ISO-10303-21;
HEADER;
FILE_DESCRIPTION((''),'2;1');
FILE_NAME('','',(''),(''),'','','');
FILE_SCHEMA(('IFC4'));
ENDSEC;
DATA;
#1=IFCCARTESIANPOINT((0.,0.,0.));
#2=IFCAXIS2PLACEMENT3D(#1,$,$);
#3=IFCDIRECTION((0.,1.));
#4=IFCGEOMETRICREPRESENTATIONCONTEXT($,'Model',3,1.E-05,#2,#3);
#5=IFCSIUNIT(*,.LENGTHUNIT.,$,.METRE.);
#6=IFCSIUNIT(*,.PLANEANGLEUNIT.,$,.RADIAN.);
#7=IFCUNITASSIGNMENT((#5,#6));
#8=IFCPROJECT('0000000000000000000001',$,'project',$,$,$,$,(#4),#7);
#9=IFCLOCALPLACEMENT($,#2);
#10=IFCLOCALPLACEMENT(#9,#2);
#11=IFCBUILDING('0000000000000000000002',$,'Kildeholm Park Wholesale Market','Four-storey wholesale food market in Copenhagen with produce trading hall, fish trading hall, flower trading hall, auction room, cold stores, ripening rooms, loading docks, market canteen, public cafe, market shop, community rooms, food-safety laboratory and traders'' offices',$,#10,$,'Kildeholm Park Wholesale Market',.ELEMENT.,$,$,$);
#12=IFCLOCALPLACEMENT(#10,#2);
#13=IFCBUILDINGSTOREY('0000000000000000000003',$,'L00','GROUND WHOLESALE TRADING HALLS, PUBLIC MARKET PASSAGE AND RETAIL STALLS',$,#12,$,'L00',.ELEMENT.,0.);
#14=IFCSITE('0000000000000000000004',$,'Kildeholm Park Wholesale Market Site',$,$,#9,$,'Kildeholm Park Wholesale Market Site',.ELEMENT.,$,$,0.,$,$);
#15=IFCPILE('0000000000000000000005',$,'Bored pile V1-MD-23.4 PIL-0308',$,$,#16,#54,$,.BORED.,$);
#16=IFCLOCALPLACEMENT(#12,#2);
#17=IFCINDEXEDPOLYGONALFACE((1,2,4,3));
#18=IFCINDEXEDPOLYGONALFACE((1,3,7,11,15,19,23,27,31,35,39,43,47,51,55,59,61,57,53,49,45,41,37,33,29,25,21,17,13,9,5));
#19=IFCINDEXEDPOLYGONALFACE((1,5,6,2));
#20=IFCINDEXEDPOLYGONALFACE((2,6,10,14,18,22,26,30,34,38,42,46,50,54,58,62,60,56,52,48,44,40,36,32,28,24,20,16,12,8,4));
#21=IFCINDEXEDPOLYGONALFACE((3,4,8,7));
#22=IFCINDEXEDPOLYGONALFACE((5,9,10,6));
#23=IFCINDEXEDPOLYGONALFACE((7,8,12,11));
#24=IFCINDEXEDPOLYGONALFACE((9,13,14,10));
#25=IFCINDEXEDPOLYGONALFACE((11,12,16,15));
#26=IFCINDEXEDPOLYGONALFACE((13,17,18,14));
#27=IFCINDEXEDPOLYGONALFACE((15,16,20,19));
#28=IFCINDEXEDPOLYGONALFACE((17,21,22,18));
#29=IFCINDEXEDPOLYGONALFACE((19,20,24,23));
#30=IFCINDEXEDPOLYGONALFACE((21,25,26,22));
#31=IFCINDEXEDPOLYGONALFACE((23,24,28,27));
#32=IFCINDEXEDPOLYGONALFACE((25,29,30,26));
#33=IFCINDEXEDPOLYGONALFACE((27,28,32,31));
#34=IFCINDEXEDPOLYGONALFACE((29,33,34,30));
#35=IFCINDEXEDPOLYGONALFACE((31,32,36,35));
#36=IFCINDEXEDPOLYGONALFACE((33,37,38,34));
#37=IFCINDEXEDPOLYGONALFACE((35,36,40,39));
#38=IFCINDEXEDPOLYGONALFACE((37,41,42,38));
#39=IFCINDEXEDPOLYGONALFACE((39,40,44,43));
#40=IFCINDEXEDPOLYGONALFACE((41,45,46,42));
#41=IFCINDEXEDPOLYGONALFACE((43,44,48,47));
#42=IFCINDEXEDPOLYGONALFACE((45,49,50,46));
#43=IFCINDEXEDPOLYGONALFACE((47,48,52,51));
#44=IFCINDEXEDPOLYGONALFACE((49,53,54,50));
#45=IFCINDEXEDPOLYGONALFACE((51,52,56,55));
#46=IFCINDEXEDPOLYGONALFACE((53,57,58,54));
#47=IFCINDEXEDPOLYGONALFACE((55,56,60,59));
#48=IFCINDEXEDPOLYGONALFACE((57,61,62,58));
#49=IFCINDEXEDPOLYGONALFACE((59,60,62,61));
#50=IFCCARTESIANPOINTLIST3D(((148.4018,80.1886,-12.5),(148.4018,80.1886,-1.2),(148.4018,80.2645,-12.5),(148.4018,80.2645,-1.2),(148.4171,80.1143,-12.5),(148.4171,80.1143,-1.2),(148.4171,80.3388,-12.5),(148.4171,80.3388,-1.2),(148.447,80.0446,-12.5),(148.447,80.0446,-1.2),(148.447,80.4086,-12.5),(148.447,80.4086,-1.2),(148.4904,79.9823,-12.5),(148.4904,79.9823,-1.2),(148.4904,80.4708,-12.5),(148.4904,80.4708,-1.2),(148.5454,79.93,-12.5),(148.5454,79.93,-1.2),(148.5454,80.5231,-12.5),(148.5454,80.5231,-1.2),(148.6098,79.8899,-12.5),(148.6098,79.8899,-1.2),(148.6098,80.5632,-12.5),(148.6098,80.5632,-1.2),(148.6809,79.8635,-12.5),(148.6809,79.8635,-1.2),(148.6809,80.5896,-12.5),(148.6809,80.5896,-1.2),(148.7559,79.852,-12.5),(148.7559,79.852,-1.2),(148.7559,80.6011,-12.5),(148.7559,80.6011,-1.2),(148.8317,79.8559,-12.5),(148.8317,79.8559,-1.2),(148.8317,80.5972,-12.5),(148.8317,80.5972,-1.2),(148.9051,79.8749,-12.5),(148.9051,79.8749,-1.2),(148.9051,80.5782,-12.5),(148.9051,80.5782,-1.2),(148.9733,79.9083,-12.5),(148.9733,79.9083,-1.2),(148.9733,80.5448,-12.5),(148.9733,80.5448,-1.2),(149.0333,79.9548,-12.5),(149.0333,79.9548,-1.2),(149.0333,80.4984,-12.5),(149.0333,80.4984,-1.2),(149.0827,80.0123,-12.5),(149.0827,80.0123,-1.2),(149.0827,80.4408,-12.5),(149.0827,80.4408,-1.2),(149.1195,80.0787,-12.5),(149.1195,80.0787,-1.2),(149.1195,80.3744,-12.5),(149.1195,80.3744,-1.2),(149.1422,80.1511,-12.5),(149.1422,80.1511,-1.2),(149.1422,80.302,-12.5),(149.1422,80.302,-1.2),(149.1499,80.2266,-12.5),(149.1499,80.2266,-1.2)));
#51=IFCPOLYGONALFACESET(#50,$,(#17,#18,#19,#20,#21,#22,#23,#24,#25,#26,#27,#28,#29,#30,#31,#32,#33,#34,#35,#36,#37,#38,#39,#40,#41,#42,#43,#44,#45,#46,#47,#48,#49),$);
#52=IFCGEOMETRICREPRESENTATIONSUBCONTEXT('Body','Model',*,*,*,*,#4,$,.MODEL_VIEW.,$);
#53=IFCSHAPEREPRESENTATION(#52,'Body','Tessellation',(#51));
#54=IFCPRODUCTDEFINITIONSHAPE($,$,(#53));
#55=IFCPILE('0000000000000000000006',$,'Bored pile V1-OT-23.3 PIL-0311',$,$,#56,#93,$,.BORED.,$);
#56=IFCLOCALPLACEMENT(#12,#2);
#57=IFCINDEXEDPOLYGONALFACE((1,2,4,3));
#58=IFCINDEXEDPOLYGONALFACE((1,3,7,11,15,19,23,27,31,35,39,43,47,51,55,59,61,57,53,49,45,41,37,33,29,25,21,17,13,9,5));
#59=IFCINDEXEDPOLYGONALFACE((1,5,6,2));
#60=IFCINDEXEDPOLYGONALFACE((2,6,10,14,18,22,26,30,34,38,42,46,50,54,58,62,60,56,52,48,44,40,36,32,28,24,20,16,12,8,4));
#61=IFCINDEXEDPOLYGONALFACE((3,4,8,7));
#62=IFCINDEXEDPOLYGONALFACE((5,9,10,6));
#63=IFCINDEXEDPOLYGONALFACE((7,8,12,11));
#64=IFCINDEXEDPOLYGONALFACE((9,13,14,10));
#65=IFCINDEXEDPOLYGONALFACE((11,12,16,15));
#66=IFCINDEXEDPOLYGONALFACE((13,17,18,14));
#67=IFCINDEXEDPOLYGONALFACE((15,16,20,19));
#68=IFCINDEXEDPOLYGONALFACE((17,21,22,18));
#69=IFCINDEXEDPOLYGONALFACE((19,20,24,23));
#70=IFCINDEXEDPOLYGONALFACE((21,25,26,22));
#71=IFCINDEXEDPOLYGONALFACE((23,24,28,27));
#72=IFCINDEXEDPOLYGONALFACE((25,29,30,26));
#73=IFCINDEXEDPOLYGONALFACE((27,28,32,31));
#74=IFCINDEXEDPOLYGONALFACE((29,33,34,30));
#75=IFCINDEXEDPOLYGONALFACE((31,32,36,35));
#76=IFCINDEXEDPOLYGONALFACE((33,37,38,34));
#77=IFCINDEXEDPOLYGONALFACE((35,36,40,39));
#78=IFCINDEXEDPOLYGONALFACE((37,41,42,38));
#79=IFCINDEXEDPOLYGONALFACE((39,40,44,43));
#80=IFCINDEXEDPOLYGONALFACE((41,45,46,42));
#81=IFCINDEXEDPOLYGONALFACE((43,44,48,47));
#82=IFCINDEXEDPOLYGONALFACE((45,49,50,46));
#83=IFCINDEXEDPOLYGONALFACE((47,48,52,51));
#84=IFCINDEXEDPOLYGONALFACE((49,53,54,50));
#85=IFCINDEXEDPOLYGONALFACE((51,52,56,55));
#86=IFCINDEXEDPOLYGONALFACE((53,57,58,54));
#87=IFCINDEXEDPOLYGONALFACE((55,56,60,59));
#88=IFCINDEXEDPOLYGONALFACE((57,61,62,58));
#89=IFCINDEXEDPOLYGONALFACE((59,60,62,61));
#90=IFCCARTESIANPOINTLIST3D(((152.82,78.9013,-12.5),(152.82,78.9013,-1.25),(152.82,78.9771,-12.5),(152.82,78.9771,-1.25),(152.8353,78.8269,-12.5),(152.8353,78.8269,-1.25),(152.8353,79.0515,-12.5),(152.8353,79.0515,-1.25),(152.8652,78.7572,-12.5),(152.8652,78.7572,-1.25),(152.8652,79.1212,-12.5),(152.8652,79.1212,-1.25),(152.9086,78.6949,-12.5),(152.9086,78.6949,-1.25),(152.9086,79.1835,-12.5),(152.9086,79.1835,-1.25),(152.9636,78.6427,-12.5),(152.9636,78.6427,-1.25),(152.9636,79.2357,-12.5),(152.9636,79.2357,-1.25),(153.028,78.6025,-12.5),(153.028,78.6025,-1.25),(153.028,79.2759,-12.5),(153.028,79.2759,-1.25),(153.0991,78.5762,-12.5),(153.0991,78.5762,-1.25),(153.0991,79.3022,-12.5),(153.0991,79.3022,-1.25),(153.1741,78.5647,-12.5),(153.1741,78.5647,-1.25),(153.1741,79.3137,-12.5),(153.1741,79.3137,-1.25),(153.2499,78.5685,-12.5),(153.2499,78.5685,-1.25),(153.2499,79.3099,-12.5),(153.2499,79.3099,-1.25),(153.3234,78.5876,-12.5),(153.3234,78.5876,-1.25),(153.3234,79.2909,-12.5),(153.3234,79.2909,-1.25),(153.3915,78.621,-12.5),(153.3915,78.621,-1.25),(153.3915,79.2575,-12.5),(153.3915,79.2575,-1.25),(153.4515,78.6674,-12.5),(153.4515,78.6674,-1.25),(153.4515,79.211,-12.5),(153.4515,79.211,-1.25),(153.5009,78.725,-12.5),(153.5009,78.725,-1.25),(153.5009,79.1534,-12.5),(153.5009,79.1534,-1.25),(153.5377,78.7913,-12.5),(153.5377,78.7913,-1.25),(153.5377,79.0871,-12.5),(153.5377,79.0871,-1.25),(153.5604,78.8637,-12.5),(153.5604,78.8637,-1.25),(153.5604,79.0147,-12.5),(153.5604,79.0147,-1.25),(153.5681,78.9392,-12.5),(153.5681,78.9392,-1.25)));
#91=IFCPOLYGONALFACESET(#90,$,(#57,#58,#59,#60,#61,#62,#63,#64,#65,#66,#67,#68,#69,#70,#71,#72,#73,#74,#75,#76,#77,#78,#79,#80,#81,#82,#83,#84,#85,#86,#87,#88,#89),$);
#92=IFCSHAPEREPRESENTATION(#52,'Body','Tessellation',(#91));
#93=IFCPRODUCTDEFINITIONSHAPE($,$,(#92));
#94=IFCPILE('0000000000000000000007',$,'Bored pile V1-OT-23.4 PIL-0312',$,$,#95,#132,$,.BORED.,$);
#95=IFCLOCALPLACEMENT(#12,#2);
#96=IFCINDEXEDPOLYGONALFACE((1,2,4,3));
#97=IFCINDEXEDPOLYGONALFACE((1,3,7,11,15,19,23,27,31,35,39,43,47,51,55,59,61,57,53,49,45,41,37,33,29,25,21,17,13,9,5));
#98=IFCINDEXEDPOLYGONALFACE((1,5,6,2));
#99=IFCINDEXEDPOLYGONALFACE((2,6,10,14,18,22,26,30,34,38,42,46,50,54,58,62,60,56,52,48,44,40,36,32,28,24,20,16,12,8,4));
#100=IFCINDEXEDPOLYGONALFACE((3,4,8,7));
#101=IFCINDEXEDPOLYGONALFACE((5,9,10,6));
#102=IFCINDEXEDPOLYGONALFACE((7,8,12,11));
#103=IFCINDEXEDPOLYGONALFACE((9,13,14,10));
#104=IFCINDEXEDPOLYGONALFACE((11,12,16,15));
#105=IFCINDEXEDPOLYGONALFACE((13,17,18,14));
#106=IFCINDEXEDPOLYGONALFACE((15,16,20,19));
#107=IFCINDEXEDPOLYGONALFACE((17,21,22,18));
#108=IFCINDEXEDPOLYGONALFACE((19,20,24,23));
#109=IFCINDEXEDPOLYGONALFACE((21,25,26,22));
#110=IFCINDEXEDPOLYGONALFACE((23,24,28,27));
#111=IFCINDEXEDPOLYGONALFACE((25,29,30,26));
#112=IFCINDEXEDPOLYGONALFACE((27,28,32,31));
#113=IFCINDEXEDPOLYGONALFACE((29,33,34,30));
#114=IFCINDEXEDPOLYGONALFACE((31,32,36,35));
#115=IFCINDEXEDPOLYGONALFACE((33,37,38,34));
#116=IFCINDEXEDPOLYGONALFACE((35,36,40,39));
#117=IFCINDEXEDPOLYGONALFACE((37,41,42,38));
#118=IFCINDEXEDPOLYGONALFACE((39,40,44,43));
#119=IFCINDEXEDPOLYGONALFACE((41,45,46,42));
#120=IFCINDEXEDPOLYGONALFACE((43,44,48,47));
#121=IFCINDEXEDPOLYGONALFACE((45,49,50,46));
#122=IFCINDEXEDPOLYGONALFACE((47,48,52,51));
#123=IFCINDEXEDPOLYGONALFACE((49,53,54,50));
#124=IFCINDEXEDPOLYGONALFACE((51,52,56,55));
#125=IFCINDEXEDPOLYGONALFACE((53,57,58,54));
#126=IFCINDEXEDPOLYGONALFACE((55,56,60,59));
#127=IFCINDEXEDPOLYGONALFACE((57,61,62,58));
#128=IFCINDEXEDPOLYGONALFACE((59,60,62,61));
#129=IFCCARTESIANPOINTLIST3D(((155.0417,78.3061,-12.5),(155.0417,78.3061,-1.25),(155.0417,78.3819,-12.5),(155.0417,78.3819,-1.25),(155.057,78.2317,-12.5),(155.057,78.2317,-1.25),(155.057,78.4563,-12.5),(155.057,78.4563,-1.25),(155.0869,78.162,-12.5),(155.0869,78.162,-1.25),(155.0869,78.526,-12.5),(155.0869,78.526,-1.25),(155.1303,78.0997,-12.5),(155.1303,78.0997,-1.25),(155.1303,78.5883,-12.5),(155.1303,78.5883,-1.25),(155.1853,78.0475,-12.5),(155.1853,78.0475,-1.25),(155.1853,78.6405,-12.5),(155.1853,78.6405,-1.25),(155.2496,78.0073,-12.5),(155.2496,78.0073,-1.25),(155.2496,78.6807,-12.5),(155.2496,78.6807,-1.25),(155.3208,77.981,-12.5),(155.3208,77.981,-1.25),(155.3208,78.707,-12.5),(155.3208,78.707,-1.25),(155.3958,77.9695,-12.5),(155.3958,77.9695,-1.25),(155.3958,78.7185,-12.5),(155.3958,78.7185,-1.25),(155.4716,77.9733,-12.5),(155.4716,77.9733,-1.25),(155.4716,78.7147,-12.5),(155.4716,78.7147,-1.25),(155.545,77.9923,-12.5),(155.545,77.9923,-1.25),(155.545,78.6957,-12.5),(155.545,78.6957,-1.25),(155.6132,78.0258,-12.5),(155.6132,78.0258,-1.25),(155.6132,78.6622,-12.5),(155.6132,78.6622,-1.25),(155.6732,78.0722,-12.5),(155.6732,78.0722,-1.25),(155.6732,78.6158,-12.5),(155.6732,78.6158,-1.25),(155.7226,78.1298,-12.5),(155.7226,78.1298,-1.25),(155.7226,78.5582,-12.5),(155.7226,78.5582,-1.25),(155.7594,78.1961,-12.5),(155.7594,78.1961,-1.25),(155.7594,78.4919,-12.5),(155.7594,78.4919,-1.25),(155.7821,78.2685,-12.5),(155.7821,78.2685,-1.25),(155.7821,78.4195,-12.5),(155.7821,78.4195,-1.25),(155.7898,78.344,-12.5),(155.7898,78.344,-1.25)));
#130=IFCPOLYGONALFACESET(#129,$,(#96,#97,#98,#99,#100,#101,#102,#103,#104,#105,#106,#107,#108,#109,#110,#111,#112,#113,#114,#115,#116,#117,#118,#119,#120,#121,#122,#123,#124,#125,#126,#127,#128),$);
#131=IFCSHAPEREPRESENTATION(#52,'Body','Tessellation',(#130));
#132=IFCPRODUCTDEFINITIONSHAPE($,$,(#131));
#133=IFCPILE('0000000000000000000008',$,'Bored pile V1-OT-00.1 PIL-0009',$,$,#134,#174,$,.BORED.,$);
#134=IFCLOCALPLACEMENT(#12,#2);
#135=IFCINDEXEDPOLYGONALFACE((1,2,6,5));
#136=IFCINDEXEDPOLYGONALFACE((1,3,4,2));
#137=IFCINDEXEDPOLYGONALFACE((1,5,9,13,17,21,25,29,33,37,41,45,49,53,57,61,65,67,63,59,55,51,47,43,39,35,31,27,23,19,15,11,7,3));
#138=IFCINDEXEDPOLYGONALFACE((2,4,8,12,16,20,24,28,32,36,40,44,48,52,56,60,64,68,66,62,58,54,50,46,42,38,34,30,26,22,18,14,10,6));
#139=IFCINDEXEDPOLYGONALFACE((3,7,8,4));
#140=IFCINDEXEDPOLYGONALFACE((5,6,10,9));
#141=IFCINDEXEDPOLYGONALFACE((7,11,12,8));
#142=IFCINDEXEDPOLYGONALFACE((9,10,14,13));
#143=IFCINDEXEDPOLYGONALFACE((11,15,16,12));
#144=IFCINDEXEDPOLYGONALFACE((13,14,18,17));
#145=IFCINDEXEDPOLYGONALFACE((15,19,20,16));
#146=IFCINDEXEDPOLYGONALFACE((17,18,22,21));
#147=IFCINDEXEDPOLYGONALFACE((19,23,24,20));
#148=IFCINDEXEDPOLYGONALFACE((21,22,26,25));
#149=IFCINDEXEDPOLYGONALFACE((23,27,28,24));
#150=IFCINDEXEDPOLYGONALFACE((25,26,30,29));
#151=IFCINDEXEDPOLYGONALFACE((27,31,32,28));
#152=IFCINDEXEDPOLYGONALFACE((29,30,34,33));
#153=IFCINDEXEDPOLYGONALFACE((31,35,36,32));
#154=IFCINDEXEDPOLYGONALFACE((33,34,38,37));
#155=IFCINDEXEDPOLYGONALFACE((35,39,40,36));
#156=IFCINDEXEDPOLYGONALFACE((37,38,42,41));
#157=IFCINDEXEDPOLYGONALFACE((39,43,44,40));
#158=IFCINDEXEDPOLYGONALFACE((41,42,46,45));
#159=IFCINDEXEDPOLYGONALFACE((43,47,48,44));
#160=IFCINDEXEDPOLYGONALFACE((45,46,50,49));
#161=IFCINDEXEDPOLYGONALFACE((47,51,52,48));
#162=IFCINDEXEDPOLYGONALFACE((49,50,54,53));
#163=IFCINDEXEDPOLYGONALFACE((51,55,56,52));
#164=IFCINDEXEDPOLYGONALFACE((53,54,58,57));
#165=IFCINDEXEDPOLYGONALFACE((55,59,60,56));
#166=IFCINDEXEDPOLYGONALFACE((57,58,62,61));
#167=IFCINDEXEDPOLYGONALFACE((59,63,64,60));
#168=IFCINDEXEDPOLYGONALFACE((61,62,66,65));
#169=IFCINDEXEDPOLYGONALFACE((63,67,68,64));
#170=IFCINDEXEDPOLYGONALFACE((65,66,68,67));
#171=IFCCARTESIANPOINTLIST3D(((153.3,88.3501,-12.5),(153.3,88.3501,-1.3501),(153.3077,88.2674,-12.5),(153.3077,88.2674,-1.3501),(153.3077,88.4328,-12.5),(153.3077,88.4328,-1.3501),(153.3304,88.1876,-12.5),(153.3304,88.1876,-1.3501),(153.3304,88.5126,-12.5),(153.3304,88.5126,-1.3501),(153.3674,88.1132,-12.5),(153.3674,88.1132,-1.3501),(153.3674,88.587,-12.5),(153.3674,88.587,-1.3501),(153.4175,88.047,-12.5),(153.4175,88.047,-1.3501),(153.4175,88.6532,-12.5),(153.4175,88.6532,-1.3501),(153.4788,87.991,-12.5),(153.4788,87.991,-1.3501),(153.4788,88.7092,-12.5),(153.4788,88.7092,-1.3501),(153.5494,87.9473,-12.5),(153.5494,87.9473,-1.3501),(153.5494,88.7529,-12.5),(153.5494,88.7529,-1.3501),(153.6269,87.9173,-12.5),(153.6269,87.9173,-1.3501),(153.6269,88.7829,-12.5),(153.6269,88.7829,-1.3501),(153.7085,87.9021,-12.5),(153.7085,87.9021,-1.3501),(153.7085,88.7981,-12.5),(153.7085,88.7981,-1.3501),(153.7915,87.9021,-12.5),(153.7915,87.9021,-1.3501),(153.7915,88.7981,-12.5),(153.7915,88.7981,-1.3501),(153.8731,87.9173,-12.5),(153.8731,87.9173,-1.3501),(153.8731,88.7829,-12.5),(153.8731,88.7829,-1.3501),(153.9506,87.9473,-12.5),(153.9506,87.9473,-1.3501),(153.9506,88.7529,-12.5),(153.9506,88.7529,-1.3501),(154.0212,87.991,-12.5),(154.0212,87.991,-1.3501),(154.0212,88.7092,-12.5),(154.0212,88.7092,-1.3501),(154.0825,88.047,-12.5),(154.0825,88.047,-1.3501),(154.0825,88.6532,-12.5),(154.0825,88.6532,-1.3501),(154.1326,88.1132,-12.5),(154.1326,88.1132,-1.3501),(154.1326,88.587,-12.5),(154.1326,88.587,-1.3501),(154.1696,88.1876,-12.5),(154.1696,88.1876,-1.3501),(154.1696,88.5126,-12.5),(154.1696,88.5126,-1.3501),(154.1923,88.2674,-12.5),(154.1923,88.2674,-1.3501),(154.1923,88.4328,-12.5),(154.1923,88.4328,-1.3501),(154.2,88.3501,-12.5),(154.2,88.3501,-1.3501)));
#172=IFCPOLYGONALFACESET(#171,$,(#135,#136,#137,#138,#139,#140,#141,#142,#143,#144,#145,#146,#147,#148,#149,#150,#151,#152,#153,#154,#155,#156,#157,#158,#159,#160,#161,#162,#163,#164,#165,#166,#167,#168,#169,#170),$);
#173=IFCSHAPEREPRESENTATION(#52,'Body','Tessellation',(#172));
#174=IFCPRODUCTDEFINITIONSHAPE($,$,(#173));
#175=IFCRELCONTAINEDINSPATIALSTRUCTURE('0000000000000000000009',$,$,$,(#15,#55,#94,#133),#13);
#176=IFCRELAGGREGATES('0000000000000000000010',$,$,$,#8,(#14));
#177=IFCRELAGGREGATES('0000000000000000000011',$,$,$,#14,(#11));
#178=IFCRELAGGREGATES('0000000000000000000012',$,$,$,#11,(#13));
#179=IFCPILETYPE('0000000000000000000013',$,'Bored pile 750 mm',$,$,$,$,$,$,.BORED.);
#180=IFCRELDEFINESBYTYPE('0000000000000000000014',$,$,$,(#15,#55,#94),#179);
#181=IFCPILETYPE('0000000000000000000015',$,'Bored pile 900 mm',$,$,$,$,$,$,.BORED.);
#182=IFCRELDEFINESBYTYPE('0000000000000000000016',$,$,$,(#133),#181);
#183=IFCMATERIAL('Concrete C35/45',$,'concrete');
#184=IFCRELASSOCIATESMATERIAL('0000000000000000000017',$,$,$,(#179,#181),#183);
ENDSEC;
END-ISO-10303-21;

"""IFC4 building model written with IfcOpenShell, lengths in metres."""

from ifc_helpers import new_model, si_unit, direction, frame, origin, origin_2d, place, context, subcontext, project, spatial, circle, extrude, material, material_profile, profile_set, type_object, element, save


model = new_model("IFC4")

# Units and contexts
model_context = context("Model", 3, precision=1e-05, world=origin(), true_north=direction((0.0, 1.0)))
body_context = subcontext(model_context, "Body", "Model", "MODEL_VIEW")
ifc_project = project(units=[si_unit("LENGTHUNIT", "METRE"), si_unit("PLANEANGLEUNIT", "RADIAN")], contexts=[model_context])

# Site, building, storey
site_placement = place(None, origin())
site = spatial("IfcSite", under=ifc_project, at=site_placement, Name="Kildeholm Park Wholesale Market Site", LongName="Kildeholm Park Wholesale Market Site", CompositionType="ELEMENT", RefElevation=0.0)
building_placement = place(site_placement, origin())
building = spatial("IfcBuilding", under=site, at=building_placement, Name="Kildeholm Park Wholesale Market", Description="Four-storey wholesale food market in Copenhagen with produce trading hall, fish trading hall, flower trading hall, auction room, cold stores, ripening rooms, loading docks, market canteen, public cafe, market shop, community rooms, food-safety laboratory and traders' offices", LongName="Kildeholm Park Wholesale Market", CompositionType="ELEMENT")
storey_placement = place(building_placement, origin())
storey = spatial("IfcBuildingStorey", under=building, at=storey_placement, Name="L00", Description="GROUND WHOLESALE TRADING HALLS, PUBLIC MARKET PASSAGE AND RETAIL STALLS", LongName="L00", CompositionType="ELEMENT", Elevation=0.0)

# Piles
ifc_material_1 = material(Name="Concrete C35/45", Category="concrete")
ifc_material_profile_1 = material_profile(ifc_material_1, circle(Radius=0.375, at=origin_2d()), Name="PILE D750")
ifc_profile_set_1 = profile_set([ifc_material_profile_1], Name="Concrete C35/45")
pile_type_1 = type_object("IfcPileType", Name="Bored pile 750 mm", PredefinedType="BORED", material=ifc_profile_set_1)
for number, where, z_axis, x_axis, name in (
    (1, (148.7749, 80.2266, -1.2), (0.0, 0.0, -1.0), (1.0, 0.0, 0.0), "Bored pile V1-MD-23.4 PIL-0308"),
):
    element("IfcPile", number, at=place(storey_placement, frame(where, z_axis=z_axis, x_axis=x_axis)), inside=storey, type_object=pile_type_1, Name=name, PredefinedType="BORED", context=body_context, shape_type="SweptSolid", body=[
        extrude(circle(Radius=0.375, at=origin_2d()), origin(), (0.0, 0.0, 1.0), 11.3),
    ])
for number, where, z_axis, x_axis, name in (
    (2, (153.1931, 78.9392, -1.25), (0.0, 0.0, -1.0), (1.0, 0.0, 0.0), "Bored pile V1-OT-23.3 PIL-0311"),
    (3, (155.4148, 78.344, -1.25), (0.0, 0.0, -1.0), (1.0, 0.0, 0.0), "Bored pile V1-OT-23.4 PIL-0312"),
):
    element("IfcPile", number, at=place(storey_placement, frame(where, z_axis=z_axis, x_axis=x_axis)), inside=storey, type_object=pile_type_1, Name=name, PredefinedType="BORED", context=body_context, shape_type="SweptSolid", body=[
        extrude(circle(Radius=0.375, at=origin_2d()), origin(), (0.0, 0.0, 1.0), 11.25),
    ])
ifc_material_profile_2 = material_profile(ifc_material_1, circle(Radius=0.45, at=origin_2d()), Name="PILE D900")
ifc_profile_set_2 = profile_set([ifc_material_profile_2], Name="Concrete C35/45")
pile_type_2 = type_object("IfcPileType", Name="Bored pile 900 mm", PredefinedType="BORED", material=ifc_profile_set_2)
for number, where, z_axis, x_axis, name in (
    (4, (153.75, 88.3501, -1.3501), (0.0, 0.0, -1.0), (1.0, 0.0, 0.0), "Bored pile V1-OT-00.1 PIL-0009"),
):
    element("IfcPile", number, at=place(storey_placement, frame(where, z_axis=z_axis, x_axis=x_axis)), inside=storey, type_object=pile_type_2, Name=name, PredefinedType="BORED", context=body_context, shape_type="SweptSolid", body=[
        extrude(circle(Radius=0.45, at=origin_2d()), origin(), (0.0, 0.0, 1.0), 11.1499),
    ])

save(model, "model.ifc")
